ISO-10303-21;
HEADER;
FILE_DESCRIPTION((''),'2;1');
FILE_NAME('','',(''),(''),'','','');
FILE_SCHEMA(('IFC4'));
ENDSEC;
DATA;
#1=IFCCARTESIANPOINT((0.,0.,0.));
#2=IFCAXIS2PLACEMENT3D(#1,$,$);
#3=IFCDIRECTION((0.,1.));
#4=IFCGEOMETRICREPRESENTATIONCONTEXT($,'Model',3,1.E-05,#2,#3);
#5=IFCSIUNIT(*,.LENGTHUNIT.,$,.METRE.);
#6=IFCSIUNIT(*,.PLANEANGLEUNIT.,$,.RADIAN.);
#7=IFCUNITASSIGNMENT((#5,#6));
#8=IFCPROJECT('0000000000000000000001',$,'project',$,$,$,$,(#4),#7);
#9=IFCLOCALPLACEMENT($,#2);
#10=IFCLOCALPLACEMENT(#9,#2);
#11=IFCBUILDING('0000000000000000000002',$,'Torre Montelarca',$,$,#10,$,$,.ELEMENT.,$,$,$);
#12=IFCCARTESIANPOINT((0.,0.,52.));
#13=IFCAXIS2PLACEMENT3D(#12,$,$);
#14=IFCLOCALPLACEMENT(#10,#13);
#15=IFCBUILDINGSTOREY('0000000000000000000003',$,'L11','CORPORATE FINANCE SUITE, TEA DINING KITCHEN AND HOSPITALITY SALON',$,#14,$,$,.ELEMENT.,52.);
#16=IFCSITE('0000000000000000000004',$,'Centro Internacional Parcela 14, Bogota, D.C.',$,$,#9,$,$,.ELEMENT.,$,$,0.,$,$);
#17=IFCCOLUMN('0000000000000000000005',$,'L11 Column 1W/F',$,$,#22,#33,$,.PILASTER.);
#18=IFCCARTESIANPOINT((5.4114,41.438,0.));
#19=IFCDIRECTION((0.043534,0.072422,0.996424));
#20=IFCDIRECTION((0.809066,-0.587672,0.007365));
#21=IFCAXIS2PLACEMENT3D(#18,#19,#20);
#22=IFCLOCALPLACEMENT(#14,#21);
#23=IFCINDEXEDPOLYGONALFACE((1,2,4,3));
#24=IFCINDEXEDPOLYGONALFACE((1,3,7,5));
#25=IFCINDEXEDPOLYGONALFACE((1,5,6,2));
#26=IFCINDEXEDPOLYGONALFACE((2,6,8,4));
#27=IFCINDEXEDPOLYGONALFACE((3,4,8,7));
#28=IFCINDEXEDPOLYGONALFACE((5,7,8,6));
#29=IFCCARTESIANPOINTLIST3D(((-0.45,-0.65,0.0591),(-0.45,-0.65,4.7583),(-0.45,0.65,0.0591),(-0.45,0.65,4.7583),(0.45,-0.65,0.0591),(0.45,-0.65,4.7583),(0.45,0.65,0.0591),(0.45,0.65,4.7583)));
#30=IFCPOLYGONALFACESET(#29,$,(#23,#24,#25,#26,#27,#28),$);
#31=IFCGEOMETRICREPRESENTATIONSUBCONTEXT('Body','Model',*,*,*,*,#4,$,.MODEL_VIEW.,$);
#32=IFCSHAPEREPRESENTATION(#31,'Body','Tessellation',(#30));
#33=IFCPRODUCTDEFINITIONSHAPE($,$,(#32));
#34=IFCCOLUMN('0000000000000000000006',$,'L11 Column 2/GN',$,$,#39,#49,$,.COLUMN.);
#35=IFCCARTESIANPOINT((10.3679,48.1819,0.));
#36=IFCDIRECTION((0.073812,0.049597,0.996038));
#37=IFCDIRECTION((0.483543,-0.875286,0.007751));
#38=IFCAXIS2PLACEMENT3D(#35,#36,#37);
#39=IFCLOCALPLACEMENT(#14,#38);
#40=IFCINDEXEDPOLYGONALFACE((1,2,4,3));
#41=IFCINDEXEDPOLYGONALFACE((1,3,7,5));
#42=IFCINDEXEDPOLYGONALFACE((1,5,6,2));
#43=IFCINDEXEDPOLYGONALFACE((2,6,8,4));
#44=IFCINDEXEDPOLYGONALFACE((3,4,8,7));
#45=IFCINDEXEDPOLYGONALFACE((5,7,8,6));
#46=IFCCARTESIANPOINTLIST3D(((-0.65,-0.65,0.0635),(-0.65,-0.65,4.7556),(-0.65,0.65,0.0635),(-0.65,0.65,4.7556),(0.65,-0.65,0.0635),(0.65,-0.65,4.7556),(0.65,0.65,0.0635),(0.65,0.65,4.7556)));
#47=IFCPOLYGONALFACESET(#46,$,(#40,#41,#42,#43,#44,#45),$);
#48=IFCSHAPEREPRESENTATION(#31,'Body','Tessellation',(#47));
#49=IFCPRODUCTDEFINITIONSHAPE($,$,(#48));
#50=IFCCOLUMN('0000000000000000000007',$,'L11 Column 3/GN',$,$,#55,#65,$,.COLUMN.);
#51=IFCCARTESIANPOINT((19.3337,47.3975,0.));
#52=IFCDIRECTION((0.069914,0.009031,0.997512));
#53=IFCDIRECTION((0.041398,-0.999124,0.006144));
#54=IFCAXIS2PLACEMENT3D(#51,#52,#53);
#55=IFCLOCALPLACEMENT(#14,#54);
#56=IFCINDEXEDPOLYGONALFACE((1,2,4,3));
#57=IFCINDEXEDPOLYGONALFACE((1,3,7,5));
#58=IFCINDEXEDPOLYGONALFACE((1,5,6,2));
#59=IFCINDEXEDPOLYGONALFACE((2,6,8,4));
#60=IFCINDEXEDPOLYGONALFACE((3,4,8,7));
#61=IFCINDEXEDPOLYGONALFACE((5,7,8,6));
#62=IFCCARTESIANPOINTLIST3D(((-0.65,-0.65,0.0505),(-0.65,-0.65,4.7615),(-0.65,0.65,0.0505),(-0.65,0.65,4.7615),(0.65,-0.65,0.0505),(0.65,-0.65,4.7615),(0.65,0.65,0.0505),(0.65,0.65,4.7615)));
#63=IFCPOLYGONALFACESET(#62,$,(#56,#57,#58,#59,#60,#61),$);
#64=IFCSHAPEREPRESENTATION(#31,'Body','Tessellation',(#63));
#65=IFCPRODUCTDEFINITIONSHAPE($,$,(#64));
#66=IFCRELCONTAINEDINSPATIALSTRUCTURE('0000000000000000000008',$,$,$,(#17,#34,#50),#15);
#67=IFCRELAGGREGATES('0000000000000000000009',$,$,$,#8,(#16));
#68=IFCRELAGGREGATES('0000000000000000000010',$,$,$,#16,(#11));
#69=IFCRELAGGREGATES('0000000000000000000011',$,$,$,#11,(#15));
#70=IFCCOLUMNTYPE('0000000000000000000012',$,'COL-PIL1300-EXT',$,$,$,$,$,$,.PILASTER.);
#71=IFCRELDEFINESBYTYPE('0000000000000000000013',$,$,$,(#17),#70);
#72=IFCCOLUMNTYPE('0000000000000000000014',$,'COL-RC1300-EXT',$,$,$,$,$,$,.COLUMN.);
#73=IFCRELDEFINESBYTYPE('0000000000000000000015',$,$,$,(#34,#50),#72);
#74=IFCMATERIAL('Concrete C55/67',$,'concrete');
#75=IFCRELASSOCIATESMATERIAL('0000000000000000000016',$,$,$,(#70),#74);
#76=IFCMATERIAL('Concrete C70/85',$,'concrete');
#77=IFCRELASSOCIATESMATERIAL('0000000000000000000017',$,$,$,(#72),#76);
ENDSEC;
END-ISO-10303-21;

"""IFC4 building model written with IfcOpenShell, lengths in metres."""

from ifc_helpers import new_model, si_unit, direction, frame, origin, origin_2d, place, context, subcontext, project, spatial, rectangle, extrude, clip, halfspace, material, material_profile, profile_set, type_object, element, save


model = new_model("IFC4")

# Units and contexts
model_context = context("Model", 3, precision=1e-05, world=origin(), true_north=direction((0.0, 1.0)))
body_context = subcontext(model_context, "Body", "Model", "MODEL_VIEW")
ifc_project = project(units=[si_unit("LENGTHUNIT", "METRE"), si_unit("PLANEANGLEUNIT", "RADIAN")], contexts=[model_context])

# Site, building, storey
site_placement = place(None, origin())
site = spatial("IfcSite", under=ifc_project, at=site_placement, Name="Centro Internacional Parcela 14, Bogota, D.C.", CompositionType="ELEMENT", RefElevation=0.0)
building_placement = place(site_placement, origin())
building = spatial("IfcBuilding", under=site, at=building_placement, Name="Torre Montelarca", CompositionType="ELEMENT")
storey_placement = place(building_placement, frame((0.0, 0.0, 52.0)))
storey = spatial("IfcBuildingStorey", under=building, at=storey_placement, Name="L11", Description="CORPORATE FINANCE SUITE, TEA DINING KITCHEN AND HOSPITALITY SALON", CompositionType="ELEMENT", Elevation=52.0)

# Columns
ifc_material_1 = material(Name="Concrete C55/67", Category="concrete")
ifc_material_profile_1 = material_profile(ifc_material_1, rectangle(XDim=0.8999, YDim=1.3, at=origin_2d()), Name="RC1300X900", Category="concrete")
ifc_profile_set_1 = profile_set([ifc_material_profile_1], Name="Concrete C55/67")
column_type_1 = type_object("IfcColumnType", Name="COL-PIL1300-EXT", PredefinedType="PILASTER", material=ifc_profile_set_1)
column_1_placement = place(storey_placement, frame((5.4114, 41.438, 0.0), z_axis=(0.043534, 0.072422, 0.996424), x_axis=(0.809066, -0.587672, 0.007365)))
element("IfcColumn", 1, at=column_1_placement, inside=storey, type_object=column_type_1, Name="L11 Column 1W/F", PredefinedType="PILASTER", context=body_context, shape_type="Clipping", body=[
    clip(clip(extrude(rectangle(XDim=0.8999, YDim=1.3, at=origin_2d()), origin(), (0.0, 0.0, 1.0), 4.8174), halfspace(frame((0.0, 0.0, 0.0591), z_axis=(0.0, 0.0, -1.0), x_axis=(1.0, 0.0, 0.0)), False)), halfspace(frame((0.0, 0.0, 4.7583), z_axis=(0.0, 0.0, 1.0), x_axis=(1.0, 0.0, 0.0)), False)),
])
ifc_material_2 = material(Name="Concrete C70/85", Category="concrete")
ifc_material_profile_2 = material_profile(ifc_material_2, rectangle(XDim=1.3, YDim=1.3, at=origin_2d()), Name="RC1300X1300", Category="concrete")
ifc_profile_set_2 = profile_set([ifc_material_profile_2], Name="Concrete C70/85")
column_type_2 = type_object("IfcColumnType", Name="COL-RC1300-EXT", PredefinedType="COLUMN", material=ifc_profile_set_2)
column_2_placement = place(storey_placement, frame((10.3679, 48.1819, 0.0), z_axis=(0.073812, 0.049597, 0.996038), x_axis=(0.483543, -0.875286, 0.007751)))
element("IfcColumn", 2, at=column_2_placement, inside=storey, type_object=column_type_2, Name="L11 Column 2/GN", PredefinedType="COLUMN", context=body_context, shape_type="Clipping", body=[
    clip(clip(extrude(rectangle(XDim=1.3, YDim=1.3, at=origin_2d()), origin(), (0.0, 0.0, 1.0), 4.8191), halfspace(frame((0.0, 0.0, 0.0635), z_axis=(0.0, 0.0, -1.0), x_axis=(1.0, 0.0, 0.0)), False)), halfspace(frame((0.0, 0.0, 4.7556), z_axis=(0.0, 0.0, 1.0), x_axis=(1.0, 0.0, 0.0)), False)),
])
column_3_placement = place(storey_placement, frame((19.3337, 47.3975, 0.0), z_axis=(0.069914, 0.009031, 0.997512), x_axis=(0.041398, -0.999124, 0.006144)))
element("IfcColumn", 3, at=column_3_placement, inside=storey, type_object=column_type_2, Name="L11 Column 3/GN", PredefinedType="COLUMN", context=body_context, shape_type="Clipping", body=[
    clip(clip(extrude(rectangle(XDim=1.3, YDim=1.3, at=origin_2d()), origin(), (0.0, 0.0, 1.0), 4.812), halfspace(frame((0.0, 0.0, 0.0505), z_axis=(0.0, 0.0, -1.0), x_axis=(1.0, 0.0, 0.0)), False)), halfspace(frame((0.0, 0.0, 4.7615), z_axis=(0.0, 0.0, 1.0), x_axis=(1.0, 0.0, 0.0)), False)),
])

save(model, "model.ifc")
